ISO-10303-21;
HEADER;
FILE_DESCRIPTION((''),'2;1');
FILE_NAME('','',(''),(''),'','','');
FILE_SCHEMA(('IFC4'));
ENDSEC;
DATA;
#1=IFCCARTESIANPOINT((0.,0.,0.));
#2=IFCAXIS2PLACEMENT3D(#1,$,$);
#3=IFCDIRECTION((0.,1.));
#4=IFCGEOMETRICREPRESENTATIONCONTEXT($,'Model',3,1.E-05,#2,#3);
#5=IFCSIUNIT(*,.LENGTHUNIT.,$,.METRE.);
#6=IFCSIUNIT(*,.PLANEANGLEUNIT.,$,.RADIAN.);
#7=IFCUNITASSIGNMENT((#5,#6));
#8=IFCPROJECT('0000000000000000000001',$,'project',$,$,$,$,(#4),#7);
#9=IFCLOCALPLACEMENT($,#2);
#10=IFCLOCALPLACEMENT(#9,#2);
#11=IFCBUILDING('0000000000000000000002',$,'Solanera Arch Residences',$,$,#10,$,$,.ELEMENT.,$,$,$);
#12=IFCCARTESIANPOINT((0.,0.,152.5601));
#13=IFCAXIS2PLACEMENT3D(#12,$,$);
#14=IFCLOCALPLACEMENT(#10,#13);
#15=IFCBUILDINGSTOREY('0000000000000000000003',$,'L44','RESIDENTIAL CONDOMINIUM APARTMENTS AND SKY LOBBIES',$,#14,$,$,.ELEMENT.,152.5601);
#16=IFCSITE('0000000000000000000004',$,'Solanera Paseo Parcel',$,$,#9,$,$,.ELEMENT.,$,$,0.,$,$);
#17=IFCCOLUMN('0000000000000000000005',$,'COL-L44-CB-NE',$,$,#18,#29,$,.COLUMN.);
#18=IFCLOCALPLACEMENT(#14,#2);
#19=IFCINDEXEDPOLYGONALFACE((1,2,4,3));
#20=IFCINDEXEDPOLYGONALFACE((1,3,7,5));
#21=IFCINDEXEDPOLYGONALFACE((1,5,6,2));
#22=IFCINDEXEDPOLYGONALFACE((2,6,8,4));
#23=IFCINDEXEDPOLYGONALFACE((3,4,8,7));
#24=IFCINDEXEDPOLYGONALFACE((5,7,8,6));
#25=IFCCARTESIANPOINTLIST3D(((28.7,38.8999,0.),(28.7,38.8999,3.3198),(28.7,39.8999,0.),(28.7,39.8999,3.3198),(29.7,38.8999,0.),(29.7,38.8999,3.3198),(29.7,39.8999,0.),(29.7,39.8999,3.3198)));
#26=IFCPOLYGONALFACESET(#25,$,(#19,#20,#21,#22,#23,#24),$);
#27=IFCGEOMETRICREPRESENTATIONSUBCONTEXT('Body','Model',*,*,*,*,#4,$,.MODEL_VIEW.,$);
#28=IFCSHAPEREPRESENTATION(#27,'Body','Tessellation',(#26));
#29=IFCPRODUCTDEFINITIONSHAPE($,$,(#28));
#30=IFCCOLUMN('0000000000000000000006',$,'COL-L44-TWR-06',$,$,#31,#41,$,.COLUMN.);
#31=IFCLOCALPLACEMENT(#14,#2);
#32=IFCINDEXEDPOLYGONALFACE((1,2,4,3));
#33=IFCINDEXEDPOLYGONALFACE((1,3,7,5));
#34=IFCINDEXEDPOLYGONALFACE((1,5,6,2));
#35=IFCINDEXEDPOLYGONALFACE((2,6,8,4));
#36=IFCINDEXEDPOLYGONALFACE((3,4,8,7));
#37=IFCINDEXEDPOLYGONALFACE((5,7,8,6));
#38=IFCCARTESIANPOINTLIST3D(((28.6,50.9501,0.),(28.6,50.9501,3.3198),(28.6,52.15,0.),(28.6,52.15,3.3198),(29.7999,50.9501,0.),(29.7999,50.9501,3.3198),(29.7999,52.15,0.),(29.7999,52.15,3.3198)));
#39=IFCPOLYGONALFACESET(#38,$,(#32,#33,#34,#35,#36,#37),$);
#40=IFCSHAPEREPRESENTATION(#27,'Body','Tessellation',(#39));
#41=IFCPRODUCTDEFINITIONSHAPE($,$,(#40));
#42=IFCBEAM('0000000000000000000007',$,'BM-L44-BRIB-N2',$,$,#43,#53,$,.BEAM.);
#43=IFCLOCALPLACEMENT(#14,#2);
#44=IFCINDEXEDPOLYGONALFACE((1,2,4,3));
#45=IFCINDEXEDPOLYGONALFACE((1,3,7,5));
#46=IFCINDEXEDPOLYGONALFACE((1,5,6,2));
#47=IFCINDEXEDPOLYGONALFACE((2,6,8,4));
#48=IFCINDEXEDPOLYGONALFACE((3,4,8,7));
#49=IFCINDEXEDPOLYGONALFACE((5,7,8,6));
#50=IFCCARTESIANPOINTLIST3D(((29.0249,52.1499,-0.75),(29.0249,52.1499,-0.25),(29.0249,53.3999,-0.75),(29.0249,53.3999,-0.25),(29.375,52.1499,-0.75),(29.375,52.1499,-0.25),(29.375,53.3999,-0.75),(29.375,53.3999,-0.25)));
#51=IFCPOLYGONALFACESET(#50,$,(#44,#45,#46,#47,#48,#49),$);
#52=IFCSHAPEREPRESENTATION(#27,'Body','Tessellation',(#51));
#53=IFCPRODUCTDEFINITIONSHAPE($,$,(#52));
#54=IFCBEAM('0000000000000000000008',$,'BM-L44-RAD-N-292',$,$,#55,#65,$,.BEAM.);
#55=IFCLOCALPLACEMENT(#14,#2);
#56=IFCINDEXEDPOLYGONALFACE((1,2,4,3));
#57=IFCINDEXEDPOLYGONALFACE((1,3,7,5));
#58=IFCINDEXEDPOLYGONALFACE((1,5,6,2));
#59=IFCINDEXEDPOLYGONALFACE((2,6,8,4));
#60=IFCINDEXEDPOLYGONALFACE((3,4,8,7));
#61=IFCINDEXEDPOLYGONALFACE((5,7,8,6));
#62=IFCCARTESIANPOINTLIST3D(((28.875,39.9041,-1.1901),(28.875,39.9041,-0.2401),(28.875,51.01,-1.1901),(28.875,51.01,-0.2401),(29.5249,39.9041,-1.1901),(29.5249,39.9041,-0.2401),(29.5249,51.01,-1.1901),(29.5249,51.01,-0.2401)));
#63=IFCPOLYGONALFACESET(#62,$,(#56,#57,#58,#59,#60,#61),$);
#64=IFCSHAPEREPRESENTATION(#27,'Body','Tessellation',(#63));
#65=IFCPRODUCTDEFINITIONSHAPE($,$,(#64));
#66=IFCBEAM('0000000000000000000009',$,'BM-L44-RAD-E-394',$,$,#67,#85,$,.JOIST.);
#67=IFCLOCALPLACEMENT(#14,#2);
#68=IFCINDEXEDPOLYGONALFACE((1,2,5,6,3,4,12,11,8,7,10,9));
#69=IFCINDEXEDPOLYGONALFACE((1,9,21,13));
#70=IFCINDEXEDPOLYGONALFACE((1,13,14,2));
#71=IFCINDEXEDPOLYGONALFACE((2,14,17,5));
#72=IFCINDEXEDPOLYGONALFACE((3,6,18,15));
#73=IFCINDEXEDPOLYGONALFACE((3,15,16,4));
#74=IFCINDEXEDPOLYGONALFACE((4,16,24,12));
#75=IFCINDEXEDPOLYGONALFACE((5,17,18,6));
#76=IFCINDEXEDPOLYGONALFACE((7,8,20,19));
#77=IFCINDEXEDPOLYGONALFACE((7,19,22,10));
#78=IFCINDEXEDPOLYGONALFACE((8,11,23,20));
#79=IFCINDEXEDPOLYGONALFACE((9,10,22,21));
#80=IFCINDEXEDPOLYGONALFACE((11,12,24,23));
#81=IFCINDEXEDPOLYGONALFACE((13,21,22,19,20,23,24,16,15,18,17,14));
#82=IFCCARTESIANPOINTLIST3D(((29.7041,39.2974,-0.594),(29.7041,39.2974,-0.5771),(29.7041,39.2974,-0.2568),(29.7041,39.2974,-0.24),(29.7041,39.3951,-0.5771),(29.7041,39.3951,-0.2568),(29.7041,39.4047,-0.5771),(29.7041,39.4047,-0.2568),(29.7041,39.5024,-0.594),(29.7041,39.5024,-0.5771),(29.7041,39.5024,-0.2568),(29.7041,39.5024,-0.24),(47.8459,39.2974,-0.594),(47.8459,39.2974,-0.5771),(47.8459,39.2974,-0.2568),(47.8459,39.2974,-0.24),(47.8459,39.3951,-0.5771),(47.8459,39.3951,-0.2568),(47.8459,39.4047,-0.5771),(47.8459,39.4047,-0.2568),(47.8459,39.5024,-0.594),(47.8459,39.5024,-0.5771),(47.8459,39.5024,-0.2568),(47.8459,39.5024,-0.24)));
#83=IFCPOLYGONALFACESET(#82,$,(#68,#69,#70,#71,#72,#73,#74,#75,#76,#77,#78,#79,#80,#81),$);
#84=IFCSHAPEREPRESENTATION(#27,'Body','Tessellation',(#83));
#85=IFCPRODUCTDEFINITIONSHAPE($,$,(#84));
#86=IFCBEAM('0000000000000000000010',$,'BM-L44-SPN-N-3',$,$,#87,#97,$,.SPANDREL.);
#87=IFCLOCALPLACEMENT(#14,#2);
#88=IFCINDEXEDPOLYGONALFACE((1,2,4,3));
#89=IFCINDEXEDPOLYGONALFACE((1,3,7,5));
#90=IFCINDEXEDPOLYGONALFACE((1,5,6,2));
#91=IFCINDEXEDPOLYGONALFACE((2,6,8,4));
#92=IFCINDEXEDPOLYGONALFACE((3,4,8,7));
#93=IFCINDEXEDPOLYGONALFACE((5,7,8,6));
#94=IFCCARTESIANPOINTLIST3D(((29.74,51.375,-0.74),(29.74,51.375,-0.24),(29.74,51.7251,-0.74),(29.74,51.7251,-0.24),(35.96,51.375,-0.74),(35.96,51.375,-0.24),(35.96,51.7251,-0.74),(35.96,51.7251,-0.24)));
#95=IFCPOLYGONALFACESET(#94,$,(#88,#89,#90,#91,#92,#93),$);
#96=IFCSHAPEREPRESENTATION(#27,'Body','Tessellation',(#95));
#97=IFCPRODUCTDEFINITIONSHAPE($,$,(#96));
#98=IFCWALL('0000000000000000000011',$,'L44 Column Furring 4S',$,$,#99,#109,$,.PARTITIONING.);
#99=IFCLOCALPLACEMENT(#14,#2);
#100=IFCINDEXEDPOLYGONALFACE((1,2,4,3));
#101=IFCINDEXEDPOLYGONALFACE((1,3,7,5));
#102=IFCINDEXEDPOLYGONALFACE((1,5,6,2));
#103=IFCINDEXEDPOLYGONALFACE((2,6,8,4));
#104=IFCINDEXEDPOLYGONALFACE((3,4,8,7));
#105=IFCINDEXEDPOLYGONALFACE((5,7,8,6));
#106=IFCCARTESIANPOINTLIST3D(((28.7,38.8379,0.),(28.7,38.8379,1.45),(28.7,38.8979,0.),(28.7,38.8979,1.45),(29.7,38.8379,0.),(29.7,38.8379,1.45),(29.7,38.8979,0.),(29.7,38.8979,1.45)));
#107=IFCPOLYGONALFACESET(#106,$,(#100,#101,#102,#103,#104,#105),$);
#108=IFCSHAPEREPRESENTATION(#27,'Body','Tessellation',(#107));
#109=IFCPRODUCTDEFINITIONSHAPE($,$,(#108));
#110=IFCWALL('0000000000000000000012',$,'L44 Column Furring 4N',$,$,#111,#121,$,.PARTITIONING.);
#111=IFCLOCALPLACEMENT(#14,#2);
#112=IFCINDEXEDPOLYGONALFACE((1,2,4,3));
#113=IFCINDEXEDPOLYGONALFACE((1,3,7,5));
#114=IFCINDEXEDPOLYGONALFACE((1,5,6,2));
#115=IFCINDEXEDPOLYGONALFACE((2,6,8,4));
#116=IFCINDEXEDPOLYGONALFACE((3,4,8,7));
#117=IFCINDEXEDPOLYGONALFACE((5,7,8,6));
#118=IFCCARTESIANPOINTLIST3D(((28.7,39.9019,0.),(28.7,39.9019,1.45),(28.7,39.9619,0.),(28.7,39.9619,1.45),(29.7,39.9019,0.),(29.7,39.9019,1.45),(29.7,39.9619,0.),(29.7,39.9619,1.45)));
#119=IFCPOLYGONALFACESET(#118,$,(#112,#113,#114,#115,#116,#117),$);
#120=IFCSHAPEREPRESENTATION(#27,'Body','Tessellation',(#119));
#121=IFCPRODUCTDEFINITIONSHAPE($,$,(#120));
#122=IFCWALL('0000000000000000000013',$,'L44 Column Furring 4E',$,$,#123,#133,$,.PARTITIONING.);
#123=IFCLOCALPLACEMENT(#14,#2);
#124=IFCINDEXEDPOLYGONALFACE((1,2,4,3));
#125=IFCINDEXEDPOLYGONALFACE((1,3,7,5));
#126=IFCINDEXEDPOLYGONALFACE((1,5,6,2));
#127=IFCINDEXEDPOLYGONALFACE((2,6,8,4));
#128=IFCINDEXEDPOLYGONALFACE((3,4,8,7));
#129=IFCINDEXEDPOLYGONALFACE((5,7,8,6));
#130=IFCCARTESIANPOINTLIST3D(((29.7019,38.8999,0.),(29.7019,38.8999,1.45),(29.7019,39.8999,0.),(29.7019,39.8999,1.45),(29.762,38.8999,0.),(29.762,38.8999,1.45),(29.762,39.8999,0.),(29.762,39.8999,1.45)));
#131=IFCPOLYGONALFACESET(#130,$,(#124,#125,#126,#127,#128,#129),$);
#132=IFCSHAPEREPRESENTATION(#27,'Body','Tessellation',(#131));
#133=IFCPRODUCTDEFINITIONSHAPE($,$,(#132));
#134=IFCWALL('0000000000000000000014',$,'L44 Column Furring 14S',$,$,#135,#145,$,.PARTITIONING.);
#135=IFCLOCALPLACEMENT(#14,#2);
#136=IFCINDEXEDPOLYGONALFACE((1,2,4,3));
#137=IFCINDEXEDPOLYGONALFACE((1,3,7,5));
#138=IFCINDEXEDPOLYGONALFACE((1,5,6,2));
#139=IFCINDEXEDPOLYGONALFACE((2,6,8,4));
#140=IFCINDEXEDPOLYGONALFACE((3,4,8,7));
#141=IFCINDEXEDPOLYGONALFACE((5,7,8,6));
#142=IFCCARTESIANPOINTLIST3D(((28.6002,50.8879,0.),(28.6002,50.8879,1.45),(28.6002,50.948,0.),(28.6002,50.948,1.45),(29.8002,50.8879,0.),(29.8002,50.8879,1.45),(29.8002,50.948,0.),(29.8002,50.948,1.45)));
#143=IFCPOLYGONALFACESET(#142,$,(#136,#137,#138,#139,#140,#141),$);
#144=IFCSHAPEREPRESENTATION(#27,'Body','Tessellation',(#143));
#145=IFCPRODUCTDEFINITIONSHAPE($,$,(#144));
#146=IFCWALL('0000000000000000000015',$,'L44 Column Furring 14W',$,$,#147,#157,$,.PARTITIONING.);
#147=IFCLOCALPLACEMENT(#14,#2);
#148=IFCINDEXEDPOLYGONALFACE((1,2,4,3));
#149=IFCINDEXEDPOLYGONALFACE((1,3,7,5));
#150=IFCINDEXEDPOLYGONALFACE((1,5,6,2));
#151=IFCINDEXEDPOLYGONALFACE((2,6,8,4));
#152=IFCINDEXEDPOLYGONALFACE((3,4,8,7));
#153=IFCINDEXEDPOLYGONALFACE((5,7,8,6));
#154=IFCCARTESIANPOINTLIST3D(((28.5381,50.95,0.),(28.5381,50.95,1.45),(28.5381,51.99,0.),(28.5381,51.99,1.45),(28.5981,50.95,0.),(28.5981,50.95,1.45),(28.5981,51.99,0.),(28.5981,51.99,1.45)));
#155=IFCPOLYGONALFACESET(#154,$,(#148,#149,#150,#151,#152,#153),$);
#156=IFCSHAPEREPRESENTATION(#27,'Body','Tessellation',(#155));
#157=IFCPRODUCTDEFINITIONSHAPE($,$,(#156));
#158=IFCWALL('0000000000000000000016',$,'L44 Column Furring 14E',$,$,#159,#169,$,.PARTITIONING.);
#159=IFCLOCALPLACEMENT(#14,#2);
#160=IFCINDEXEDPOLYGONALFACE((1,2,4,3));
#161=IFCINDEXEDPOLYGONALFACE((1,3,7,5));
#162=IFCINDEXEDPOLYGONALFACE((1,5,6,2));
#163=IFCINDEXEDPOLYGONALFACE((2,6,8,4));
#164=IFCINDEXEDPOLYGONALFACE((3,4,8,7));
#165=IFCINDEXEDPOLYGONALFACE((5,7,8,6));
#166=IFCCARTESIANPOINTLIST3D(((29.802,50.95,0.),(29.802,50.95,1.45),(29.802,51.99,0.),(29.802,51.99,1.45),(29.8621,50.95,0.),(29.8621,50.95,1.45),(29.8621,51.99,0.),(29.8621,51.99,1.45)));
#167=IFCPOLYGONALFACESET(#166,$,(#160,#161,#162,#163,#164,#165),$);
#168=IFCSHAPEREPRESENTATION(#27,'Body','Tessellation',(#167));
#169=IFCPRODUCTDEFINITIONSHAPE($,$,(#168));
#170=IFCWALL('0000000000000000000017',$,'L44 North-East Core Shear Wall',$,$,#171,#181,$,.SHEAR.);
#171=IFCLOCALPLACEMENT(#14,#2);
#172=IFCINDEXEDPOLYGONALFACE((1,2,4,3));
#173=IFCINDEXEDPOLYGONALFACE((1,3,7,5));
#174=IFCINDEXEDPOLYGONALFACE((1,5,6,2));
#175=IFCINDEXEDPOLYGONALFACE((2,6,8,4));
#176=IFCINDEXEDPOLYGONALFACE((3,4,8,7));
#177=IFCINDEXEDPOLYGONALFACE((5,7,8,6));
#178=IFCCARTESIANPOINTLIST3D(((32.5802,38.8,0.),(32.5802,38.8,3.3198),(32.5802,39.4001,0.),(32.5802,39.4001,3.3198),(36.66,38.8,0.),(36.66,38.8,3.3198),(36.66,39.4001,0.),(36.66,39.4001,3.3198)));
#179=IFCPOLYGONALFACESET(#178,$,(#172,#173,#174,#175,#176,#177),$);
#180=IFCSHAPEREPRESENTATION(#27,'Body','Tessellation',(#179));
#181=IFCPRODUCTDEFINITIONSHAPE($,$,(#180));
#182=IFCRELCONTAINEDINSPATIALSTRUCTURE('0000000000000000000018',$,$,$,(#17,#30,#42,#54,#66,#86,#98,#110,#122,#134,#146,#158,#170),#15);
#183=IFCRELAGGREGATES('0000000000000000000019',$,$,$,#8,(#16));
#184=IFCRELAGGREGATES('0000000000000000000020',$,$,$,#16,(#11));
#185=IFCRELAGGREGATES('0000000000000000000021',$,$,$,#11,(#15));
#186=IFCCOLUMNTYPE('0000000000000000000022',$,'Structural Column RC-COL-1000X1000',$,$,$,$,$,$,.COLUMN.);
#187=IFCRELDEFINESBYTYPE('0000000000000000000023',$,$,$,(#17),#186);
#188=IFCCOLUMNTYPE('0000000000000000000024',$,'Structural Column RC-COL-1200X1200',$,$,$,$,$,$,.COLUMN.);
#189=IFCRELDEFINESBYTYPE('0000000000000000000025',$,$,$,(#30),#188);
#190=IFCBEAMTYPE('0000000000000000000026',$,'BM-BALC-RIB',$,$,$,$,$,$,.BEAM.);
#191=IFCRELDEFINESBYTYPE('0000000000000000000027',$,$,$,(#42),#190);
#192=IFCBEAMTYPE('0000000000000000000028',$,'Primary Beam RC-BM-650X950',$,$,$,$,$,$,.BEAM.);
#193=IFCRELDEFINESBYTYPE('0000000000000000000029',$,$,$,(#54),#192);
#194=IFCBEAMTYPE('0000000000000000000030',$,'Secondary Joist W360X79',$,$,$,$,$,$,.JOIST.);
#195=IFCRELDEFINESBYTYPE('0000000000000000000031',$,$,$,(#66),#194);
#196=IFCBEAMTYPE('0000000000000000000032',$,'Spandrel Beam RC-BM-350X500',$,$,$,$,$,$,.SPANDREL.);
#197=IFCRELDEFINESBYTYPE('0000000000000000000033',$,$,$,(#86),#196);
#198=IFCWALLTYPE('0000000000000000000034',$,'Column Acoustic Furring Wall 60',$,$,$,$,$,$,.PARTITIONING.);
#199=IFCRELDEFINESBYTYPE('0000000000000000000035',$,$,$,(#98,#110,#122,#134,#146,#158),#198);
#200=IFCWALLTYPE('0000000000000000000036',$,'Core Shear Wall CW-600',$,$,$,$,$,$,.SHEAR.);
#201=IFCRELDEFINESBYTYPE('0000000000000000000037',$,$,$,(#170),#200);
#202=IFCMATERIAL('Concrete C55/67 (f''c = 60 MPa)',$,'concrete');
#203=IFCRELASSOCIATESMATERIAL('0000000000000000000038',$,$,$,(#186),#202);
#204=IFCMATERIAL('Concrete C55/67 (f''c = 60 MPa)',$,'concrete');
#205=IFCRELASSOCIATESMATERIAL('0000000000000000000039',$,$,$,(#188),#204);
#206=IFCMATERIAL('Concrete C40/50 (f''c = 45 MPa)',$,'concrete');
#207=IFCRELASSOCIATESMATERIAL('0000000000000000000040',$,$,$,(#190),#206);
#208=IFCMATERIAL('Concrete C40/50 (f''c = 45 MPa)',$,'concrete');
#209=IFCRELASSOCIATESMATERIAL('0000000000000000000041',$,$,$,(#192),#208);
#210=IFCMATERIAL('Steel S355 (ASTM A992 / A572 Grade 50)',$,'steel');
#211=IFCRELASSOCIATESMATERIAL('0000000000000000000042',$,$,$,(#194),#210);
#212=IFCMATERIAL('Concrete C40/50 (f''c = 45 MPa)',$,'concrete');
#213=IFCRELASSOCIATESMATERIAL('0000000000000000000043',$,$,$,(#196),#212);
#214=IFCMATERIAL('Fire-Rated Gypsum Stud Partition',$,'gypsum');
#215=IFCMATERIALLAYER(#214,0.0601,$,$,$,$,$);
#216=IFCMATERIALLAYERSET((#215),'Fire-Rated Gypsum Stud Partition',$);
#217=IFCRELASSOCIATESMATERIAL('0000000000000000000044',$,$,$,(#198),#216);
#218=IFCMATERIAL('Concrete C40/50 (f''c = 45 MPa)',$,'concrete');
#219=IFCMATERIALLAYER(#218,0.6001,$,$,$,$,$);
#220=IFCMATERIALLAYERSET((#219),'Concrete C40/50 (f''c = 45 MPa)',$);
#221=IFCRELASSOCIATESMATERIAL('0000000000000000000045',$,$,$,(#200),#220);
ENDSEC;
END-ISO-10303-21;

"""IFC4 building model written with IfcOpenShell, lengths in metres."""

from ifc_helpers import new_model, si_unit, direction, frame, frame_2d, origin, origin_2d, place, context, subcontext, project, spatial, rectangle, i_section, extrude, material, layer, layer_set, material_profile, profile_set, type_object, element, save


model = new_model("IFC4")

# Units and contexts
model_context = context("Model", 3, precision=1e-05, world=origin(), true_north=direction((0.0, 1.0)))
body_context = subcontext(model_context, "Body", "Model", "MODEL_VIEW")
ifc_project = project(units=[si_unit("LENGTHUNIT", "METRE"), si_unit("PLANEANGLEUNIT", "RADIAN")], contexts=[model_context])

# Site, building, storey
site_placement = place(None, origin())
site = spatial("IfcSite", under=ifc_project, at=site_placement, Name="Solanera Paseo Parcel", CompositionType="ELEMENT", RefElevation=0.0)
building_placement = place(site_placement, origin())
building = spatial("IfcBuilding", under=site, at=building_placement, Name="Solanera Arch Residences", CompositionType="ELEMENT")
storey_placement = place(building_placement, frame((0.0, 0.0, 152.5601)))
storey = spatial("IfcBuildingStorey", under=building, at=storey_placement, Name="L44", Description="RESIDENTIAL CONDOMINIUM APARTMENTS AND SKY LOBBIES", CompositionType="ELEMENT", Elevation=152.5601)

# Columns
ifc_material_1 = material(Name="Concrete C55/67 (f'c = 60 MPa)", Category="concrete")
ifc_material_profile_1 = material_profile(ifc_material_1, rectangle(XDim=1.0, YDim=1.0, at=origin_2d()))
ifc_profile_set_1 = profile_set([ifc_material_profile_1], Name="Concrete C55/67 (f'c = 60 MPa)")
column_type_1 = type_object("IfcColumnType", Name="Structural Column RC-COL-1000X1000", PredefinedType="COLUMN", material=ifc_profile_set_1)
column_1_placement = place(storey_placement, frame((29.2, 39.3999, 0.0), z_axis=(0.0, 0.0, 1.0), x_axis=(1.0, 0.0, 0.0)))
element("IfcColumn", 1, at=column_1_placement, inside=storey, type_object=column_type_1, Name="COL-L44-CB-NE", PredefinedType="COLUMN", context=body_context, shape_type="SweptSolid", body=[
    extrude(rectangle(XDim=1.0, YDim=1.0, at=origin_2d()), origin(), (0.0, 0.0, 1.0), 3.3198),
])
ifc_material_2 = material(Name="Concrete C55/67 (f'c = 60 MPa)", Category="concrete")
ifc_material_profile_2 = material_profile(ifc_material_2, rectangle(XDim=1.2, YDim=1.2, at=origin_2d()))
ifc_profile_set_2 = profile_set([ifc_material_profile_2], Name="Concrete C55/67 (f'c = 60 MPa)")
column_type_2 = type_object("IfcColumnType", Name="Structural Column RC-COL-1200X1200", PredefinedType="COLUMN", material=ifc_profile_set_2)
column_2_placement = place(storey_placement, frame((29.2, 51.55, 0.0), z_axis=(0.0, 0.0, 1.0), x_axis=(1.0, 0.0, 0.0)))
element("IfcColumn", 2, at=column_2_placement, inside=storey, type_object=column_type_2, Name="COL-L44-TWR-06", PredefinedType="COLUMN", context=body_context, shape_type="SweptSolid", body=[
    extrude(rectangle(XDim=1.2, YDim=1.2, at=origin_2d()), origin(), (0.0, 0.0, 1.0), 3.3198),
])

# Beams
ifc_material_3 = material(Name="Concrete C40/50 (f'c = 45 MPa)", Category="concrete")
ifc_material_profile_3 = material_profile(ifc_material_3, rectangle(XDim=0.3501, YDim=0.5, at=origin_2d()))
ifc_profile_set_3 = profile_set([ifc_material_profile_3], Name="Concrete C40/50 (f'c = 45 MPa)")
beam_type_1 = type_object("IfcBeamType", Name="BM-BALC-RIB", PredefinedType="BEAM", material=ifc_profile_set_3)
beam_1_placement = place(storey_placement, frame((29.2, 52.1499, -0.5), z_axis=(0.0, 1.0, 0.0), x_axis=(-1.0, 0.0, 0.0)))
element("IfcBeam", 3, at=beam_1_placement, inside=storey, type_object=beam_type_1, Name="BM-L44-BRIB-N2", PredefinedType="BEAM", context=body_context, shape_type="SweptSolid", body=[
    extrude(rectangle(XDim=0.3501, YDim=0.5, at=origin_2d()), origin(), (0.0, 0.0, 1.0), 1.25),
])
ifc_material_4 = material(Name="Concrete C40/50 (f'c = 45 MPa)", Category="concrete")
ifc_material_profile_4 = material_profile(ifc_material_4, rectangle(XDim=0.6499, YDim=0.95, at=origin_2d()))
ifc_profile_set_4 = profile_set([ifc_material_profile_4], Name="Concrete C40/50 (f'c = 45 MPa)")
beam_type_2 = type_object("IfcBeamType", Name="Primary Beam RC-BM-650X950", PredefinedType="BEAM", material=ifc_profile_set_4)
beam_2_placement = place(storey_placement, frame((29.2, 39.9041, -0.7151), z_axis=(0.0, 1.0, 0.0), x_axis=(-1.0, 0.0, 0.0)))
element("IfcBeam", 4, at=beam_2_placement, inside=storey, type_object=beam_type_2, Name="BM-L44-RAD-N-292", PredefinedType="BEAM", context=body_context, shape_type="SweptSolid", body=[
    extrude(rectangle(XDim=0.6499, YDim=0.95, at=origin_2d()), origin(), (0.0, 0.0, 1.0), 11.106),
])
ifc_material_5 = material(Name="Steel S355 (ASTM A992 / A572 Grade 50)", Category="steel")
ifc_material_profile_5 = material_profile(ifc_material_5, i_section(OverallWidth=0.2051, OverallDepth=0.354, WebThickness=0.0095, FlangeThickness=0.0168, at=origin_2d()))
ifc_profile_set_5 = profile_set([ifc_material_profile_5], Name="Steel S355 (ASTM A992 / A572 Grade 50)")
beam_type_3 = type_object("IfcBeamType", Name="Secondary Joist W360X79", PredefinedType="JOIST", material=ifc_profile_set_5)
beam_3_placement = place(storey_placement, frame((29.7041, 39.3999, -0.417), z_axis=(1.0, 0.0, 0.0), x_axis=(0.0, 1.0, 0.0)))
element("IfcBeam", 5, at=beam_3_placement, inside=storey, type_object=beam_type_3, Name="BM-L44-RAD-E-394", PredefinedType="JOIST", context=body_context, shape_type="SweptSolid", body=[
    extrude(i_section(OverallWidth=0.2051, OverallDepth=0.354, WebThickness=0.0095, FlangeThickness=0.0168, at=origin_2d()), origin(), (0.0, 0.0, 1.0), 18.1418),
])
ifc_material_6 = material(Name="Concrete C40/50 (f'c = 45 MPa)", Category="concrete")
ifc_material_profile_6 = material_profile(ifc_material_6, rectangle(XDim=0.3501, YDim=0.5, at=origin_2d()))
ifc_profile_set_6 = profile_set([ifc_material_profile_6], Name="Concrete C40/50 (f'c = 45 MPa)")
beam_type_4 = type_object("IfcBeamType", Name="Spandrel Beam RC-BM-350X500", PredefinedType="SPANDREL", material=ifc_profile_set_6)
beam_4_placement = place(storey_placement, frame((29.74, 51.55, -0.49), z_axis=(1.0, 0.0, 0.0), x_axis=(0.0, 1.0, 0.0)))
element("IfcBeam", 6, at=beam_4_placement, inside=storey, type_object=beam_type_4, Name="BM-L44-SPN-N-3", PredefinedType="SPANDREL", context=body_context, shape_type="SweptSolid", body=[
    extrude(rectangle(XDim=0.3501, YDim=0.5, at=origin_2d()), origin(), (0.0, 0.0, 1.0), 6.22),
])

# Walls
ifc_material_7 = material(Name="Fire-Rated Gypsum Stud Partition", Category="gypsum")
ifc_layer_1 = layer(ifc_material_7, 0.0601)
ifc_layer_set_1 = layer_set([ifc_layer_1], Name="Fire-Rated Gypsum Stud Partition")
wall_type_1 = type_object("IfcWallType", Name="Column Acoustic Furring Wall 60", PredefinedType="PARTITIONING", material=ifc_layer_set_1)
for number, where, z_axis, x_axis, name in (
    (7, (28.7, 38.8679, 0.0), (0.0, 0.0, 1.0), (1.0, 0.0, 0.0), "L44 Column Furring 4S"),
    (8, (28.7, 39.9319, 0.0), (0.0, 0.0, 1.0), (1.0, 0.0, 0.0), "L44 Column Furring 4N"),
    (9, (29.7319, 38.8999, 0.0), (0.0, 0.0, 1.0), (0.0, 1.0, 0.0), "L44 Column Furring 4E"),
):
    element("IfcWall", number, at=place(storey_placement, frame(where, z_axis=z_axis, x_axis=x_axis)), inside=storey, type_object=wall_type_1, Name=name, PredefinedType="PARTITIONING", context=body_context, shape_type="SweptSolid", body=[
        extrude(rectangle(XDim=1.0, YDim=0.0601, at=frame_2d((0.5, 0.0))), origin(), (0.0, 0.0, 1.0), 1.45),
    ])
wall_1_placement = place(storey_placement, frame((28.6001, 50.918, 0.0), z_axis=(0.0, 0.0, 1.0), x_axis=(1.0, 0.0, 0.0)))
element("IfcWall", 10, at=wall_1_placement, inside=storey, type_object=wall_type_1, Name="L44 Column Furring 14S", PredefinedType="PARTITIONING", context=body_context, shape_type="SweptSolid", body=[
    extrude(rectangle(XDim=1.2, YDim=0.0601, at=frame_2d((0.6001, 0.0))), origin(), (0.0, 0.0, 1.0), 1.45),
])
for number, where, z_axis, x_axis, name in (
    (11, (28.5681, 50.95, 0.0), (0.0, 0.0, 1.0), (0.0, 1.0, 0.0), "L44 Column Furring 14W"),
    (12, (29.832, 50.95, 0.0), (0.0, 0.0, 1.0), (0.0, 1.0, 0.0), "L44 Column Furring 14E"),
):
    element("IfcWall", number, at=place(storey_placement, frame(where, z_axis=z_axis, x_axis=x_axis)), inside=storey, type_object=wall_type_1, Name=name, PredefinedType="PARTITIONING", context=body_context, shape_type="SweptSolid", body=[
        extrude(rectangle(XDim=1.04, YDim=0.0601, at=frame_2d((0.52, 0.0))), origin(), (0.0, 0.0, 1.0), 1.45),
    ])
ifc_material_8 = material(Name="Concrete C40/50 (f'c = 45 MPa)", Category="concrete")
ifc_layer_2 = layer(ifc_material_8, 0.6001)
ifc_layer_set_2 = layer_set([ifc_layer_2], Name="Concrete C40/50 (f'c = 45 MPa)")
wall_type_2 = type_object("IfcWallType", Name="Core Shear Wall CW-600", PredefinedType="SHEAR", material=ifc_layer_set_2)
wall_2_placement = place(storey_placement, frame((32.5801, 39.1001, 0.0), z_axis=(0.0, 0.0, 1.0), x_axis=(1.0, 0.0, 0.0)))
element("IfcWall", 13, at=wall_2_placement, inside=storey, type_object=wall_type_2, Name="L44 North-East Core Shear Wall", PredefinedType="SHEAR", context=body_context, shape_type="SweptSolid", body=[
    extrude(rectangle(XDim=4.0798, YDim=0.6001, at=frame_2d((2.04, 0.0))), origin(), (0.0, 0.0, 1.0), 3.3198),
])

save(model, "model.ifc")
